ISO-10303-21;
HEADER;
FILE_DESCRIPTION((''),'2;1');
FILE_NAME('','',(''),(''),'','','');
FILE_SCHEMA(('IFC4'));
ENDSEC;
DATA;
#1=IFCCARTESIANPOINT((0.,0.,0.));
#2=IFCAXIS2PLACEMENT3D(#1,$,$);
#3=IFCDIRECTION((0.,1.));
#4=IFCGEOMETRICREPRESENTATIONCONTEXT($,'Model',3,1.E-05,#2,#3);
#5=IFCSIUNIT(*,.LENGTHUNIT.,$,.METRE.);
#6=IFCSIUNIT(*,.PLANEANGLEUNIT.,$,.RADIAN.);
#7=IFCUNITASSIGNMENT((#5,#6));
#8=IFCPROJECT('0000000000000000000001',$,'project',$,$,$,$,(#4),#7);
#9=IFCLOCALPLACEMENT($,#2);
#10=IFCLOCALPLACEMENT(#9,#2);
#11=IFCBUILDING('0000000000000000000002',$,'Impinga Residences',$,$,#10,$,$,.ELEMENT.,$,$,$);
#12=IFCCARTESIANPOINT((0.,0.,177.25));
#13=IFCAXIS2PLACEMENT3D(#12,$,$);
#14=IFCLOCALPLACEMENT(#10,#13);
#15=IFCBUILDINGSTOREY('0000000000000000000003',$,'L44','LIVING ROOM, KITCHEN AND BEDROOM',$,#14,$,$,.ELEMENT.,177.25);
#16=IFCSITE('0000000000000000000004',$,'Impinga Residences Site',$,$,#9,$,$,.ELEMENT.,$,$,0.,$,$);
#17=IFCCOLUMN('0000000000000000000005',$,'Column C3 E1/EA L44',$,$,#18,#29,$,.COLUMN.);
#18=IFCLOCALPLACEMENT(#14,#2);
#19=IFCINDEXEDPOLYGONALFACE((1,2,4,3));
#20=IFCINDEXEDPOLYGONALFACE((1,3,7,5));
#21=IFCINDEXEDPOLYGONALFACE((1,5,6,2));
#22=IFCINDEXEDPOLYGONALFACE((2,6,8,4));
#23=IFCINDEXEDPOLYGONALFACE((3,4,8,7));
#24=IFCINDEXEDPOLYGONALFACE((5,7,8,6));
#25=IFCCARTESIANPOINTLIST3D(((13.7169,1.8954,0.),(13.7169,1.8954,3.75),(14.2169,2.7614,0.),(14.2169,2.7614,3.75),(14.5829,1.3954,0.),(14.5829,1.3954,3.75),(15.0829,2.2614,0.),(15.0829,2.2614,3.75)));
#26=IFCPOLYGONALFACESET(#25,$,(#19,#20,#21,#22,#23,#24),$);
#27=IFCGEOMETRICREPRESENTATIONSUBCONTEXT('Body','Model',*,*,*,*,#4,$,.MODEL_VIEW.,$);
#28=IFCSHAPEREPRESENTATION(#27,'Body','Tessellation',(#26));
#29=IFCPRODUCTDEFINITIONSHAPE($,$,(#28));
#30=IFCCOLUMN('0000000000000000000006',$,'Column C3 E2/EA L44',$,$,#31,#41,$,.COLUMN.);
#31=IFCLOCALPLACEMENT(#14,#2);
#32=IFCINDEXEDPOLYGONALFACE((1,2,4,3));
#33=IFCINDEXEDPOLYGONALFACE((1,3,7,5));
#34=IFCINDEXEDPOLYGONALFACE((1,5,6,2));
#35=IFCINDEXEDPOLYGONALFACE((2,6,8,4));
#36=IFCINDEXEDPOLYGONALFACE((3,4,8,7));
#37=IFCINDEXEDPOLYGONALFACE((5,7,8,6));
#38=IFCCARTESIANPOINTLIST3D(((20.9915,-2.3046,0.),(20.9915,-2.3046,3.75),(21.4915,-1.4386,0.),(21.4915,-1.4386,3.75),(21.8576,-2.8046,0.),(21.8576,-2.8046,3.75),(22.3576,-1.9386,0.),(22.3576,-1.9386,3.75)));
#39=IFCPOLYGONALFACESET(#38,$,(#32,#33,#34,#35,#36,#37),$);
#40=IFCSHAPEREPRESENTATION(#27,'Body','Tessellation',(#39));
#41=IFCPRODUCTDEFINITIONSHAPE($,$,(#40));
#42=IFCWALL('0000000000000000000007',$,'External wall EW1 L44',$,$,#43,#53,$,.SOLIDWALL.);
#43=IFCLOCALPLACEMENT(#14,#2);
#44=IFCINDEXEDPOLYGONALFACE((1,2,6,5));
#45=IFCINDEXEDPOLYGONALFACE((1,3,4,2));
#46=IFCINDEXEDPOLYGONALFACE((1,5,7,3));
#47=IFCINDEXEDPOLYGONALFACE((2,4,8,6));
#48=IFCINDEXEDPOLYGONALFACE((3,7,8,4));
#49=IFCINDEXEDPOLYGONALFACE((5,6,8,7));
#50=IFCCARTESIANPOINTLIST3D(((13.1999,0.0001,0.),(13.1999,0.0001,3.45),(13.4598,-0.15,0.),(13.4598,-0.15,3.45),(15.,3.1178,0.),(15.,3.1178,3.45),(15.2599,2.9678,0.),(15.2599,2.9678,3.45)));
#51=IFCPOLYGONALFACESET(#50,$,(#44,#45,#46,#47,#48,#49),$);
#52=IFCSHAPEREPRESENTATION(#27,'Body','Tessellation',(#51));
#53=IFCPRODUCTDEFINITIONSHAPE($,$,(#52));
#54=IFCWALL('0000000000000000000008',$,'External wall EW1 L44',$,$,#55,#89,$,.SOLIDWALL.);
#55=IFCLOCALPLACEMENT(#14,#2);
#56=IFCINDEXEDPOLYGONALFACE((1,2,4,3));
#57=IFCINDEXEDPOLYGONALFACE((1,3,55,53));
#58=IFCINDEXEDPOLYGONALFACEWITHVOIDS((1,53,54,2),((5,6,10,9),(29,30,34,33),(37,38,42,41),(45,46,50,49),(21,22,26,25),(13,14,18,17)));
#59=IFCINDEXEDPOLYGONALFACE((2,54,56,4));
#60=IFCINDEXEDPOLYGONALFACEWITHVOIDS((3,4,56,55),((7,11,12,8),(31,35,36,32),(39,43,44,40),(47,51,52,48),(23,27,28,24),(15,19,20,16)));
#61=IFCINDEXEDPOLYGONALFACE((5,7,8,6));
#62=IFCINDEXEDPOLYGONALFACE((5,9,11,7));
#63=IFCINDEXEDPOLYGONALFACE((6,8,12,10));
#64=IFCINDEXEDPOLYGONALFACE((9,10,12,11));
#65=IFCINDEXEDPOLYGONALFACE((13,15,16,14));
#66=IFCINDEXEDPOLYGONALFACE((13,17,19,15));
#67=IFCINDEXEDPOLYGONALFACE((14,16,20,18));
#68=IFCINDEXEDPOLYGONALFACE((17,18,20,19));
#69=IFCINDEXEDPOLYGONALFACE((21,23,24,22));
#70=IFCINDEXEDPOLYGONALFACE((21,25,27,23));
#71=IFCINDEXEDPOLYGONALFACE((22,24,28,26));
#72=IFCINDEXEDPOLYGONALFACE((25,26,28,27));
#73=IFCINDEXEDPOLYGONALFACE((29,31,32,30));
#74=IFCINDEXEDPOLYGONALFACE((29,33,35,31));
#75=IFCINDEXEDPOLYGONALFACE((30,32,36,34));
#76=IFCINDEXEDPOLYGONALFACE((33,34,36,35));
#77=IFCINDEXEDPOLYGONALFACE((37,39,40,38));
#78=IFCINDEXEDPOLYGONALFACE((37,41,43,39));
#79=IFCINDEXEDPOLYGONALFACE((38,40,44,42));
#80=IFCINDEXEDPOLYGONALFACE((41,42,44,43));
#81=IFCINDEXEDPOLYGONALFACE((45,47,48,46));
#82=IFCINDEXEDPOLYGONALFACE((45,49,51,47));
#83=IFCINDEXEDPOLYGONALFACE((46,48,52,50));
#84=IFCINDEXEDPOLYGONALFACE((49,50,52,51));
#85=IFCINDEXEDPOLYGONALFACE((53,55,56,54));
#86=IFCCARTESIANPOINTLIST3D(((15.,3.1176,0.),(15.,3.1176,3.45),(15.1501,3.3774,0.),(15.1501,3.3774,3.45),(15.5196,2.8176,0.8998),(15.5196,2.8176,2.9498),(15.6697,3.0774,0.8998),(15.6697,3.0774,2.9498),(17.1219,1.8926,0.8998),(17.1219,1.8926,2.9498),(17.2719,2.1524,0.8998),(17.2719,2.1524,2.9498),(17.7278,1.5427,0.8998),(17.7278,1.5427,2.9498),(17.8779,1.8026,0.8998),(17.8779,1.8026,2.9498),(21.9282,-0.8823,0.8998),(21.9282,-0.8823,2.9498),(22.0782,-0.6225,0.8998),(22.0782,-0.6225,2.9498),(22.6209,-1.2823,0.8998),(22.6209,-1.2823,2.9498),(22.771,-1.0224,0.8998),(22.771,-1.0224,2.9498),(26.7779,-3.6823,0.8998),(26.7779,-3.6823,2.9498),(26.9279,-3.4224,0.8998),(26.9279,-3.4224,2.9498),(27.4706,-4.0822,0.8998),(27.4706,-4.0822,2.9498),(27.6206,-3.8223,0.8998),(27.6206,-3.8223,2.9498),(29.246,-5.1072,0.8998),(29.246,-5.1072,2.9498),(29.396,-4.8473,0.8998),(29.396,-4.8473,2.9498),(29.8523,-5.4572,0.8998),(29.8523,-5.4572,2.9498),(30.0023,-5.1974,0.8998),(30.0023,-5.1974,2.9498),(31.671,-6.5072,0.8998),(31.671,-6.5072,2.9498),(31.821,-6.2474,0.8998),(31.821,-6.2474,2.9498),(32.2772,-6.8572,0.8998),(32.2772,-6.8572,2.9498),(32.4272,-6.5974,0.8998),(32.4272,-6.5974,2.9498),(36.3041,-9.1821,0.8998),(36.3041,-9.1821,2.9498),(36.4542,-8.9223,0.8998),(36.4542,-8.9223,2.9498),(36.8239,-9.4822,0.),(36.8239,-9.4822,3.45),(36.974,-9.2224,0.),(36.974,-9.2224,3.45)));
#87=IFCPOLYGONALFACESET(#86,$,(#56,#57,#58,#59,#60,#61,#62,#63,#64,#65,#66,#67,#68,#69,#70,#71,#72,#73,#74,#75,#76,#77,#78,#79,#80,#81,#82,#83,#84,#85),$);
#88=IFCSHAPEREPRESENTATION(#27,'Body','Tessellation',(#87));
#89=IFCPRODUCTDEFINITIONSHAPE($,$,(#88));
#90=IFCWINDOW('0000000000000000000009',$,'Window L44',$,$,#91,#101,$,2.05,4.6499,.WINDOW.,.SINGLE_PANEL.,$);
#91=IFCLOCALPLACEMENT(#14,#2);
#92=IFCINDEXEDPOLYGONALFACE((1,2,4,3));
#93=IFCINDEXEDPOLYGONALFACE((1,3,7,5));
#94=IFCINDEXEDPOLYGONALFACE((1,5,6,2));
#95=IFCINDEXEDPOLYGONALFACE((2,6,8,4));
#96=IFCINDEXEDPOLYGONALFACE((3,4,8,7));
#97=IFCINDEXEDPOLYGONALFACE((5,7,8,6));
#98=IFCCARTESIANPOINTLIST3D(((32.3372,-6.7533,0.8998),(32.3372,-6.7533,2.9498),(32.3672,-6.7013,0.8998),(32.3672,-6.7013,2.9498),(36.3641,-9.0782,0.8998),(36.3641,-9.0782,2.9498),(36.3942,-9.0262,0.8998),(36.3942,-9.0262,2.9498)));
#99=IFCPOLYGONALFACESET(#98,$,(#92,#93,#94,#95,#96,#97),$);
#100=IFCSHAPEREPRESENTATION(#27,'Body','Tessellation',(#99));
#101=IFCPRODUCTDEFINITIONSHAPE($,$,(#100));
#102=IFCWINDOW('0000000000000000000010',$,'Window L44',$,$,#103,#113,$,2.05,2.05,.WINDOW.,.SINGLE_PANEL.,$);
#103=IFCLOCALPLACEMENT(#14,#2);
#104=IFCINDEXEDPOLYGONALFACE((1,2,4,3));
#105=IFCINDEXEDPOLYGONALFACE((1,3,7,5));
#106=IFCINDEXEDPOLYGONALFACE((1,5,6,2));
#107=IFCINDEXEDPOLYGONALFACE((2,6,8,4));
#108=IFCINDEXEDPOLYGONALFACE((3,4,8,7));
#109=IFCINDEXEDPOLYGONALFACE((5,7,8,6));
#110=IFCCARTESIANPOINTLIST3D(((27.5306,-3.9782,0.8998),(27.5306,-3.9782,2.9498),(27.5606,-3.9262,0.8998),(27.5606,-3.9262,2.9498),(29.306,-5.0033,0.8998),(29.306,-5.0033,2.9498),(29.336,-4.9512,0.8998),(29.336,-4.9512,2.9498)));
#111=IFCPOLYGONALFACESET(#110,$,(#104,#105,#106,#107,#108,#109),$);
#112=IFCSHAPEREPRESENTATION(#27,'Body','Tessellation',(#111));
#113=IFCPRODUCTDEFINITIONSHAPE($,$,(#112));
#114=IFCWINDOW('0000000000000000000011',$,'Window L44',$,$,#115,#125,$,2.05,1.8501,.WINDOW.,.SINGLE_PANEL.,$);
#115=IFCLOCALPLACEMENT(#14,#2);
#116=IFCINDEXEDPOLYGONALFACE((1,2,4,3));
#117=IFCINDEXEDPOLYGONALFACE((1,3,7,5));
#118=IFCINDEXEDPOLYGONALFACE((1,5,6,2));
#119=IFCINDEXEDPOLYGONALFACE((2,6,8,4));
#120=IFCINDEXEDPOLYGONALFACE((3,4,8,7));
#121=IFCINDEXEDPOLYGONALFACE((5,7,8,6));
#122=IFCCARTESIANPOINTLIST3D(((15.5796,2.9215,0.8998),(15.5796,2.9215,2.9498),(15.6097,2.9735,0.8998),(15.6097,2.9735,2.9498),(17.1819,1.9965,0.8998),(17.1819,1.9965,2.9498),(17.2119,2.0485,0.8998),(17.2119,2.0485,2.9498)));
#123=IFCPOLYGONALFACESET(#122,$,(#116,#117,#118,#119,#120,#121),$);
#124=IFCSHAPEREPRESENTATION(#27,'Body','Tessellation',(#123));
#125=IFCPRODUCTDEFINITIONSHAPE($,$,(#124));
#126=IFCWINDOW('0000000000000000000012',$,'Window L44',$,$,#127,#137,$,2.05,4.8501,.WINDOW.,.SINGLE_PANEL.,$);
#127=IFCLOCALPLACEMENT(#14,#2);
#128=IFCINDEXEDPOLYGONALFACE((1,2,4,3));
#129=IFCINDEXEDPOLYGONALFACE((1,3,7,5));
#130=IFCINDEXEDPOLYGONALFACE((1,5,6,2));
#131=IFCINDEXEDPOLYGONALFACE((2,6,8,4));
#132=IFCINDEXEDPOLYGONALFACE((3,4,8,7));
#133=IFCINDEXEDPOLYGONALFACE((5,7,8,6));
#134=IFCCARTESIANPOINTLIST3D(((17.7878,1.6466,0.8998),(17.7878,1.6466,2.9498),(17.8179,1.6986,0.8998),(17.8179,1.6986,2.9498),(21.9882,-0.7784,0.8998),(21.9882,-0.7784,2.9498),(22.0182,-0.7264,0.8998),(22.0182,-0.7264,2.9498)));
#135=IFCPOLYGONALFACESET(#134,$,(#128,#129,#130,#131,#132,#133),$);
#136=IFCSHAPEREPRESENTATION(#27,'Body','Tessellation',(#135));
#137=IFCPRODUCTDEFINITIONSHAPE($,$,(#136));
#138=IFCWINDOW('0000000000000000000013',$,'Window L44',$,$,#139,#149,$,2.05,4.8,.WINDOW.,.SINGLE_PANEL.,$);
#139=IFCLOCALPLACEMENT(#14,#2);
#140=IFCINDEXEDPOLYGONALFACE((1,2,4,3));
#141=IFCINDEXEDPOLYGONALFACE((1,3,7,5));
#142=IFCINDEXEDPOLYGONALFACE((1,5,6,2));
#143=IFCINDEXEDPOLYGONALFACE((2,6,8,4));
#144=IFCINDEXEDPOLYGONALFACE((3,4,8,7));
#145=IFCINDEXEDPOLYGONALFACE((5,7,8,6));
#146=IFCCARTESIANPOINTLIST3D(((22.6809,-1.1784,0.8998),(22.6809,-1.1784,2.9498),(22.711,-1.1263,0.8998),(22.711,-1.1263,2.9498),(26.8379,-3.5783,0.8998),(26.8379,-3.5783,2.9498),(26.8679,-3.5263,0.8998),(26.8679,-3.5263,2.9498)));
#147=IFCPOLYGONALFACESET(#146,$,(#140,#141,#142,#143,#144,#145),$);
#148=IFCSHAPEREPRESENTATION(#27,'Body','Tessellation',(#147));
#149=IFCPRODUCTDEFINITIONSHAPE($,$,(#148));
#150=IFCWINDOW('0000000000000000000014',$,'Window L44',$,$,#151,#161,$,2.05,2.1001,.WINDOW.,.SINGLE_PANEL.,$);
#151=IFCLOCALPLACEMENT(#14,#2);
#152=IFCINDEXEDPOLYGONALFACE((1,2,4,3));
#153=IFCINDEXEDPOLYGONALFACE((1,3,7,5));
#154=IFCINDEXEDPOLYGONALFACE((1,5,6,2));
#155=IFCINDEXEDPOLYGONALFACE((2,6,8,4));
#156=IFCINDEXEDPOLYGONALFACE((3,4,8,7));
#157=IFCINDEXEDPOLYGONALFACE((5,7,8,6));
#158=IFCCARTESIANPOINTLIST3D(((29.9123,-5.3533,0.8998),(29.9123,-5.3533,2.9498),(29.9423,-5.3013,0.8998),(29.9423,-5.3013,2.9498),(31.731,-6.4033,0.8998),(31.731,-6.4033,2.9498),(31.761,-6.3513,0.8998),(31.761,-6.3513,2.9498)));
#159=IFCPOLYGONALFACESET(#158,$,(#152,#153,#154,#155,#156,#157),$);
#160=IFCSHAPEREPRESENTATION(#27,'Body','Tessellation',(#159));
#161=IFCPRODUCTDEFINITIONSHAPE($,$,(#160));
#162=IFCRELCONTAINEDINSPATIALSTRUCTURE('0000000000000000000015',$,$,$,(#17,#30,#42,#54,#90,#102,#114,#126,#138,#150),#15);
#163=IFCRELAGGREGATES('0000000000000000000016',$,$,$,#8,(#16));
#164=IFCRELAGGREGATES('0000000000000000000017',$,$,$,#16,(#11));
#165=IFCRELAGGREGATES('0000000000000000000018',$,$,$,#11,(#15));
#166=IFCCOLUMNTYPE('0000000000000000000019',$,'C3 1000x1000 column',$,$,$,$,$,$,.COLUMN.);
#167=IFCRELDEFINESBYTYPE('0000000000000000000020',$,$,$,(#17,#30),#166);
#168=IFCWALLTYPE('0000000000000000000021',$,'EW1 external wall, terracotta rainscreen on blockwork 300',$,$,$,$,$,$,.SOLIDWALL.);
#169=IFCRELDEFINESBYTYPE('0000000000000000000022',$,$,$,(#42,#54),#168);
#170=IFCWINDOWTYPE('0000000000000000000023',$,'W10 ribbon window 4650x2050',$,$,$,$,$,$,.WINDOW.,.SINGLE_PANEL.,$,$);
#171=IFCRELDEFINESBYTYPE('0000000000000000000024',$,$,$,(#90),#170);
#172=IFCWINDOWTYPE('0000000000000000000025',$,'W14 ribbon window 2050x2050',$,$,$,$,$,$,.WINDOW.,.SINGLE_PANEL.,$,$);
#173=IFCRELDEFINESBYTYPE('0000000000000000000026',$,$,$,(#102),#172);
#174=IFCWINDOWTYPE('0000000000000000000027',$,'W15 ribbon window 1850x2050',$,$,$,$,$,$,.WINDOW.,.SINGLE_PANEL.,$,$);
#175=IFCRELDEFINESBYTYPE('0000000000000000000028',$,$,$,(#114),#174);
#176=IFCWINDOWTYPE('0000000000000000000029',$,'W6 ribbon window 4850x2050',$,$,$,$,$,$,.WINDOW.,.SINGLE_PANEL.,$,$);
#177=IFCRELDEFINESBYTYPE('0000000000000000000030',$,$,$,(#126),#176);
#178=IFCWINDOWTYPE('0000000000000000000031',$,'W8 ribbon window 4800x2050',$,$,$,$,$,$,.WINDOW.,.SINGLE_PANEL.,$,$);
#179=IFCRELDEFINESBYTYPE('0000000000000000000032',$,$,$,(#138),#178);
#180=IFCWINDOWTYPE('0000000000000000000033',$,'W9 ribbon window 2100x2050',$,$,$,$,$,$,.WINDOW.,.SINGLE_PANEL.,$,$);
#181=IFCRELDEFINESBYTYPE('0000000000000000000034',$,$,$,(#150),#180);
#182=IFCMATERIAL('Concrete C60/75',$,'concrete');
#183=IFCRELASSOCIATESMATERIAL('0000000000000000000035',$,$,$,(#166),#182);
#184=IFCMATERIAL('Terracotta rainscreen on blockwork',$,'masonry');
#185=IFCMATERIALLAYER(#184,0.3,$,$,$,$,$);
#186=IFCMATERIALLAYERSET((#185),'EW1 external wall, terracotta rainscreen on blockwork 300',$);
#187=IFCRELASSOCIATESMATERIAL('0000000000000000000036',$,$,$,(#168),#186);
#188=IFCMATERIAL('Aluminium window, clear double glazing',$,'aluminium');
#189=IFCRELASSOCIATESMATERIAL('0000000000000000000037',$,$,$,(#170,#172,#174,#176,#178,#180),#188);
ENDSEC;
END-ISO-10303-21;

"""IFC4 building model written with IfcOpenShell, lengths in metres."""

from ifc_helpers import new_model, si_unit, direction, frame, frame_2d, origin, origin_2d, place, context, subcontext, project, spatial, rectangle, extrude, material, layer, layer_set, material_profile, profile_set, type_object, element, fill, save


model = new_model("IFC4")

# Units and contexts
model_context = context("Model", 3, precision=1e-05, world=origin(), true_north=direction((0.0, 1.0)))
body_context = subcontext(model_context, "Body", "Model", "MODEL_VIEW")
ifc_project = project(units=[si_unit("LENGTHUNIT", "METRE"), si_unit("PLANEANGLEUNIT", "RADIAN")], contexts=[model_context])

# Site, building, storey
site_placement = place(None, origin())
site = spatial("IfcSite", under=ifc_project, at=site_placement, Name="Impinga Residences Site", CompositionType="ELEMENT", RefElevation=0.0)
building_placement = place(site_placement, origin())
building = spatial("IfcBuilding", under=site, at=building_placement, Name="Impinga Residences", CompositionType="ELEMENT")
storey_placement = place(building_placement, frame((0.0, 0.0, 177.25)))
storey = spatial("IfcBuildingStorey", under=building, at=storey_placement, Name="L44", Description="LIVING ROOM, KITCHEN AND BEDROOM", CompositionType="ELEMENT", Elevation=177.25)

# Columns
ifc_material_1 = material(Name="Concrete C60/75", Category="concrete")
ifc_material_profile = material_profile(ifc_material_1, rectangle(XDim=1.0, YDim=1.0, at=origin_2d()), Name="RC 1000x1000")
ifc_profile_set = profile_set([ifc_material_profile], Name="Concrete C60/75")
column_type = type_object("IfcColumnType", Name="C3 1000x1000 column", PredefinedType="COLUMN", material=ifc_profile_set)
for number, where, z_axis, x_axis, name in (
    (1, (14.3999, 2.0784, 0.0), (0.0, 0.0, 1.0), (-0.5, -0.866025, 0.0), "Column C3 E1/EA L44"),
    (2, (21.6746, -2.1216, 0.0), (0.0, 0.0, 1.0), (-0.5, -0.866025, 0.0), "Column C3 E2/EA L44"),
):
    element("IfcColumn", number, at=place(storey_placement, frame(where, z_axis=z_axis, x_axis=x_axis)), inside=storey, type_object=column_type, Name=name, PredefinedType="COLUMN", context=body_context, shape_type="SweptSolid", body=[
        extrude(rectangle(XDim=1.0, YDim=1.0, at=origin_2d()), origin(), (0.0, 0.0, 1.0), 3.75),
    ])

# Wall
ifc_material_2 = material(Name="Terracotta rainscreen on blockwork", Category="masonry")
ifc_layer_1 = layer(ifc_material_2, 0.3)
ifc_layer_set_1 = layer_set([ifc_layer_1], Name="EW1 external wall, terracotta rainscreen on blockwork 300")
wall_type_1 = type_object("IfcWallType", Name="EW1 external wall, terracotta rainscreen on blockwork 300", PredefinedType="SOLIDWALL", material=ifc_layer_set_1)
wall_1_placement = place(storey_placement, frame((13.3298, -0.075, 0.0), z_axis=(0.0, 0.0, 1.0), x_axis=(0.500012, 0.866018, 0.0)))
element("IfcWall", 3, at=wall_1_placement, inside=storey, type_object=wall_type_1, Name="External wall EW1 L44", PredefinedType="SOLIDWALL", context=body_context, shape_type="SweptSolid", body=[
    extrude(rectangle(XDim=3.6001, YDim=0.3, at=frame_2d((1.8, 0.0))), origin(), (0.0, 0.0, 1.0), 3.45),
])

# Wall, openings, windows
wall_2_placement = place(storey_placement, frame((15.075, 3.2476, 0.0), z_axis=(0.0, 0.0, 1.0), x_axis=(0.866029, -0.499993, 0.0)))
wall_2 = element("IfcWall", 4, at=wall_2_placement, inside=storey, type_object=wall_type_1, Name="External wall EW1 L44", PredefinedType="SOLIDWALL", context=body_context, shape_type="SweptSolid", body=[
    extrude(rectangle(XDim=25.2, YDim=0.3, at=frame_2d((12.6001, 0.0))), origin(), (0.0, 0.0, 1.0), 3.45),
])
opening_1_placement = place(wall_2_placement, frame((0.6001, 0.0, 0.8999)))
opening_1 = element("IfcOpeningElement", 5, at=opening_1_placement, cuts=wall_2, PredefinedType="OPENING", context=body_context, shape_type="SweptSolid", body=[
    extrude(rectangle(XDim=1.8501, YDim=2.05, at=frame_2d((0.925, 1.0249))), frame((0.0, 0.1599, 0.0), z_axis=(0.0, -1.0, 0.0), x_axis=(1.0, 0.0, 0.0)), (0.0, 0.0, 1.0), 0.3201),
])
opening_2_placement = place(wall_2_placement, frame((3.1499, 0.0, 0.8999)))
opening_2 = element("IfcOpeningElement", 6, at=opening_2_placement, cuts=wall_2, PredefinedType="OPENING", context=body_context, shape_type="SweptSolid", body=[
    extrude(rectangle(XDim=4.8501, YDim=2.05, at=frame_2d((2.425, 1.0249))), frame((0.0, 0.1599, 0.0), z_axis=(0.0, -1.0, 0.0), x_axis=(1.0, 0.0, 0.0)), (0.0, 0.0, 1.0), 0.3201),
])
opening_3_placement = place(wall_2_placement, frame((8.8, 0.0, 0.8999)))
opening_3 = element("IfcOpeningElement", 7, at=opening_3_placement, cuts=wall_2, PredefinedType="OPENING", context=body_context, shape_type="SweptSolid", body=[
    extrude(rectangle(XDim=4.8, YDim=2.05, at=frame_2d((2.3999, 1.0249))), frame((0.0, 0.1599, 0.0), z_axis=(0.0, -1.0, 0.0), x_axis=(1.0, 0.0, 0.0)), (0.0, 0.0, 1.0), 0.3201),
])
opening_4_placement = place(wall_2_placement, frame((14.3999, 0.0, 0.8999)))
opening_4 = element("IfcOpeningElement", 8, at=opening_4_placement, cuts=wall_2, PredefinedType="OPENING", context=body_context, shape_type="SweptSolid", body=[
    extrude(rectangle(XDim=2.05, YDim=2.05, at=frame_2d((1.0249, 1.0249))), frame((0.0, 0.1599, 0.0), z_axis=(0.0, -1.0, 0.0), x_axis=(1.0, 0.0, 0.0)), (0.0, 0.0, 1.0), 0.3201),
])
opening_5_placement = place(wall_2_placement, frame((17.1499, 0.0, 0.8999)))
opening_5 = element("IfcOpeningElement", 9, at=opening_5_placement, cuts=wall_2, PredefinedType="OPENING", context=body_context, shape_type="SweptSolid", body=[
    extrude(rectangle(XDim=2.1001, YDim=2.05, at=frame_2d((1.05, 1.0249))), frame((0.0, 0.1599, 0.0), z_axis=(0.0, -1.0, 0.0), x_axis=(1.0, 0.0, 0.0)), (0.0, 0.0, 1.0), 0.3201),
])
opening_6_placement = place(wall_2_placement, frame((19.95, 0.0, 0.8999)))
opening_6 = element("IfcOpeningElement", 10, at=opening_6_placement, cuts=wall_2, PredefinedType="OPENING", context=body_context, shape_type="SweptSolid", body=[
    extrude(rectangle(XDim=4.6499, YDim=2.05, at=frame_2d((2.325, 1.0249))), frame((0.0, 0.1599, 0.0), z_axis=(0.0, -1.0, 0.0), x_axis=(1.0, 0.0, 0.0)), (0.0, 0.0, 1.0), 0.3201),
])
ifc_material_3 = material(Name="Aluminium window, clear double glazing", Category="aluminium")
window_type_1 = type_object("IfcWindowType", Name="W10 ribbon window 4650x2050", PartitioningType="SINGLE_PANEL", PredefinedType="WINDOW", material=ifc_material_3)
window_1_placement = place(opening_6_placement, origin())
window_1 = element("IfcWindow", 11, at=window_1_placement, inside=storey, type_object=window_type_1, Name="Window L44", OverallHeight=2.05, OverallWidth=4.6499, PartitioningType="SINGLE_PANEL", PredefinedType="WINDOW", context=body_context, shape_type="SweptSolid", body=[
    extrude(rectangle(XDim=4.6499, YDim=2.05, at=frame_2d((2.325, 1.0249))), frame((0.0, 0.03, 0.0), z_axis=(0.0, -1.0, 0.0), x_axis=(1.0, 0.0, 0.0)), (0.0, 0.0, 1.0), 0.0601),
])
fill(opening_6, window_1)
window_type_2 = type_object("IfcWindowType", Name="W14 ribbon window 2050x2050", PartitioningType="SINGLE_PANEL", PredefinedType="WINDOW", material=ifc_material_3)
window_2_placement = place(opening_4_placement, origin())
window_2 = element("IfcWindow", 12, at=window_2_placement, inside=storey, type_object=window_type_2, Name="Window L44", OverallHeight=2.05, OverallWidth=2.05, PartitioningType="SINGLE_PANEL", PredefinedType="WINDOW", context=body_context, shape_type="SweptSolid", body=[
    extrude(rectangle(XDim=2.05, YDim=2.05, at=frame_2d((1.0249, 1.0249))), frame((0.0, 0.03, 0.0), z_axis=(0.0, -1.0, 0.0), x_axis=(1.0, 0.0, 0.0)), (0.0, 0.0, 1.0), 0.0601),
])
fill(opening_4, window_2)
window_type_3 = type_object("IfcWindowType", Name="W15 ribbon window 1850x2050", PartitioningType="SINGLE_PANEL", PredefinedType="WINDOW", material=ifc_material_3)
window_3_placement = place(opening_1_placement, origin())
window_3 = element("IfcWindow", 13, at=window_3_placement, inside=storey, type_object=window_type_3, Name="Window L44", OverallHeight=2.05, OverallWidth=1.8501, PartitioningType="SINGLE_PANEL", PredefinedType="WINDOW", context=body_context, shape_type="SweptSolid", body=[
    extrude(rectangle(XDim=1.8501, YDim=2.05, at=frame_2d((0.925, 1.0249))), frame((0.0, 0.03, 0.0), z_axis=(0.0, -1.0, 0.0), x_axis=(1.0, 0.0, 0.0)), (0.0, 0.0, 1.0), 0.0601),
])
fill(opening_1, window_3)
window_type_4 = type_object("IfcWindowType", Name="W6 ribbon window 4850x2050", PartitioningType="SINGLE_PANEL", PredefinedType="WINDOW", material=ifc_material_3)
window_4_placement = place(opening_2_placement, origin())
window_4 = element("IfcWindow", 14, at=window_4_placement, inside=storey, type_object=window_type_4, Name="Window L44", OverallHeight=2.05, OverallWidth=4.8501, PartitioningType="SINGLE_PANEL", PredefinedType="WINDOW", context=body_context, shape_type="SweptSolid", body=[
    extrude(rectangle(XDim=4.8501, YDim=2.05, at=frame_2d((2.425, 1.0249))), frame((0.0, 0.03, 0.0), z_axis=(0.0, -1.0, 0.0), x_axis=(1.0, 0.0, 0.0)), (0.0, 0.0, 1.0), 0.0601),
])
fill(opening_2, window_4)
window_type_5 = type_object("IfcWindowType", Name="W8 ribbon window 4800x2050", PartitioningType="SINGLE_PANEL", PredefinedType="WINDOW", material=ifc_material_3)
window_5_placement = place(opening_3_placement, origin())
window_5 = element("IfcWindow", 15, at=window_5_placement, inside=storey, type_object=window_type_5, Name="Window L44", OverallHeight=2.05, OverallWidth=4.8, PartitioningType="SINGLE_PANEL", PredefinedType="WINDOW", context=body_context, shape_type="SweptSolid", body=[
    extrude(rectangle(XDim=4.8, YDim=2.05, at=frame_2d((2.3999, 1.0249))), frame((0.0, 0.03, 0.0), z_axis=(0.0, -1.0, 0.0), x_axis=(1.0, 0.0, 0.0)), (0.0, 0.0, 1.0), 0.0601),
])
fill(opening_3, window_5)
window_type_6 = type_object("IfcWindowType", Name="W9 ribbon window 2100x2050", PartitioningType="SINGLE_PANEL", PredefinedType="WINDOW", material=ifc_material_3)
window_6_placement = place(opening_5_placement, origin())
window_6 = element("IfcWindow", 16, at=window_6_placement, inside=storey, type_object=window_type_6, Name="Window L44", OverallHeight=2.05, OverallWidth=2.1001, PartitioningType="SINGLE_PANEL", PredefinedType="WINDOW", context=body_context, shape_type="SweptSolid", body=[
    extrude(rectangle(XDim=2.1001, YDim=2.05, at=frame_2d((1.05, 1.0249))), frame((0.0, 0.03, 0.0), z_axis=(0.0, -1.0, 0.0), x_axis=(1.0, 0.0, 0.0)), (0.0, 0.0, 1.0), 0.0601),
])
fill(opening_5, window_6)

save(model, "model.ifc")
